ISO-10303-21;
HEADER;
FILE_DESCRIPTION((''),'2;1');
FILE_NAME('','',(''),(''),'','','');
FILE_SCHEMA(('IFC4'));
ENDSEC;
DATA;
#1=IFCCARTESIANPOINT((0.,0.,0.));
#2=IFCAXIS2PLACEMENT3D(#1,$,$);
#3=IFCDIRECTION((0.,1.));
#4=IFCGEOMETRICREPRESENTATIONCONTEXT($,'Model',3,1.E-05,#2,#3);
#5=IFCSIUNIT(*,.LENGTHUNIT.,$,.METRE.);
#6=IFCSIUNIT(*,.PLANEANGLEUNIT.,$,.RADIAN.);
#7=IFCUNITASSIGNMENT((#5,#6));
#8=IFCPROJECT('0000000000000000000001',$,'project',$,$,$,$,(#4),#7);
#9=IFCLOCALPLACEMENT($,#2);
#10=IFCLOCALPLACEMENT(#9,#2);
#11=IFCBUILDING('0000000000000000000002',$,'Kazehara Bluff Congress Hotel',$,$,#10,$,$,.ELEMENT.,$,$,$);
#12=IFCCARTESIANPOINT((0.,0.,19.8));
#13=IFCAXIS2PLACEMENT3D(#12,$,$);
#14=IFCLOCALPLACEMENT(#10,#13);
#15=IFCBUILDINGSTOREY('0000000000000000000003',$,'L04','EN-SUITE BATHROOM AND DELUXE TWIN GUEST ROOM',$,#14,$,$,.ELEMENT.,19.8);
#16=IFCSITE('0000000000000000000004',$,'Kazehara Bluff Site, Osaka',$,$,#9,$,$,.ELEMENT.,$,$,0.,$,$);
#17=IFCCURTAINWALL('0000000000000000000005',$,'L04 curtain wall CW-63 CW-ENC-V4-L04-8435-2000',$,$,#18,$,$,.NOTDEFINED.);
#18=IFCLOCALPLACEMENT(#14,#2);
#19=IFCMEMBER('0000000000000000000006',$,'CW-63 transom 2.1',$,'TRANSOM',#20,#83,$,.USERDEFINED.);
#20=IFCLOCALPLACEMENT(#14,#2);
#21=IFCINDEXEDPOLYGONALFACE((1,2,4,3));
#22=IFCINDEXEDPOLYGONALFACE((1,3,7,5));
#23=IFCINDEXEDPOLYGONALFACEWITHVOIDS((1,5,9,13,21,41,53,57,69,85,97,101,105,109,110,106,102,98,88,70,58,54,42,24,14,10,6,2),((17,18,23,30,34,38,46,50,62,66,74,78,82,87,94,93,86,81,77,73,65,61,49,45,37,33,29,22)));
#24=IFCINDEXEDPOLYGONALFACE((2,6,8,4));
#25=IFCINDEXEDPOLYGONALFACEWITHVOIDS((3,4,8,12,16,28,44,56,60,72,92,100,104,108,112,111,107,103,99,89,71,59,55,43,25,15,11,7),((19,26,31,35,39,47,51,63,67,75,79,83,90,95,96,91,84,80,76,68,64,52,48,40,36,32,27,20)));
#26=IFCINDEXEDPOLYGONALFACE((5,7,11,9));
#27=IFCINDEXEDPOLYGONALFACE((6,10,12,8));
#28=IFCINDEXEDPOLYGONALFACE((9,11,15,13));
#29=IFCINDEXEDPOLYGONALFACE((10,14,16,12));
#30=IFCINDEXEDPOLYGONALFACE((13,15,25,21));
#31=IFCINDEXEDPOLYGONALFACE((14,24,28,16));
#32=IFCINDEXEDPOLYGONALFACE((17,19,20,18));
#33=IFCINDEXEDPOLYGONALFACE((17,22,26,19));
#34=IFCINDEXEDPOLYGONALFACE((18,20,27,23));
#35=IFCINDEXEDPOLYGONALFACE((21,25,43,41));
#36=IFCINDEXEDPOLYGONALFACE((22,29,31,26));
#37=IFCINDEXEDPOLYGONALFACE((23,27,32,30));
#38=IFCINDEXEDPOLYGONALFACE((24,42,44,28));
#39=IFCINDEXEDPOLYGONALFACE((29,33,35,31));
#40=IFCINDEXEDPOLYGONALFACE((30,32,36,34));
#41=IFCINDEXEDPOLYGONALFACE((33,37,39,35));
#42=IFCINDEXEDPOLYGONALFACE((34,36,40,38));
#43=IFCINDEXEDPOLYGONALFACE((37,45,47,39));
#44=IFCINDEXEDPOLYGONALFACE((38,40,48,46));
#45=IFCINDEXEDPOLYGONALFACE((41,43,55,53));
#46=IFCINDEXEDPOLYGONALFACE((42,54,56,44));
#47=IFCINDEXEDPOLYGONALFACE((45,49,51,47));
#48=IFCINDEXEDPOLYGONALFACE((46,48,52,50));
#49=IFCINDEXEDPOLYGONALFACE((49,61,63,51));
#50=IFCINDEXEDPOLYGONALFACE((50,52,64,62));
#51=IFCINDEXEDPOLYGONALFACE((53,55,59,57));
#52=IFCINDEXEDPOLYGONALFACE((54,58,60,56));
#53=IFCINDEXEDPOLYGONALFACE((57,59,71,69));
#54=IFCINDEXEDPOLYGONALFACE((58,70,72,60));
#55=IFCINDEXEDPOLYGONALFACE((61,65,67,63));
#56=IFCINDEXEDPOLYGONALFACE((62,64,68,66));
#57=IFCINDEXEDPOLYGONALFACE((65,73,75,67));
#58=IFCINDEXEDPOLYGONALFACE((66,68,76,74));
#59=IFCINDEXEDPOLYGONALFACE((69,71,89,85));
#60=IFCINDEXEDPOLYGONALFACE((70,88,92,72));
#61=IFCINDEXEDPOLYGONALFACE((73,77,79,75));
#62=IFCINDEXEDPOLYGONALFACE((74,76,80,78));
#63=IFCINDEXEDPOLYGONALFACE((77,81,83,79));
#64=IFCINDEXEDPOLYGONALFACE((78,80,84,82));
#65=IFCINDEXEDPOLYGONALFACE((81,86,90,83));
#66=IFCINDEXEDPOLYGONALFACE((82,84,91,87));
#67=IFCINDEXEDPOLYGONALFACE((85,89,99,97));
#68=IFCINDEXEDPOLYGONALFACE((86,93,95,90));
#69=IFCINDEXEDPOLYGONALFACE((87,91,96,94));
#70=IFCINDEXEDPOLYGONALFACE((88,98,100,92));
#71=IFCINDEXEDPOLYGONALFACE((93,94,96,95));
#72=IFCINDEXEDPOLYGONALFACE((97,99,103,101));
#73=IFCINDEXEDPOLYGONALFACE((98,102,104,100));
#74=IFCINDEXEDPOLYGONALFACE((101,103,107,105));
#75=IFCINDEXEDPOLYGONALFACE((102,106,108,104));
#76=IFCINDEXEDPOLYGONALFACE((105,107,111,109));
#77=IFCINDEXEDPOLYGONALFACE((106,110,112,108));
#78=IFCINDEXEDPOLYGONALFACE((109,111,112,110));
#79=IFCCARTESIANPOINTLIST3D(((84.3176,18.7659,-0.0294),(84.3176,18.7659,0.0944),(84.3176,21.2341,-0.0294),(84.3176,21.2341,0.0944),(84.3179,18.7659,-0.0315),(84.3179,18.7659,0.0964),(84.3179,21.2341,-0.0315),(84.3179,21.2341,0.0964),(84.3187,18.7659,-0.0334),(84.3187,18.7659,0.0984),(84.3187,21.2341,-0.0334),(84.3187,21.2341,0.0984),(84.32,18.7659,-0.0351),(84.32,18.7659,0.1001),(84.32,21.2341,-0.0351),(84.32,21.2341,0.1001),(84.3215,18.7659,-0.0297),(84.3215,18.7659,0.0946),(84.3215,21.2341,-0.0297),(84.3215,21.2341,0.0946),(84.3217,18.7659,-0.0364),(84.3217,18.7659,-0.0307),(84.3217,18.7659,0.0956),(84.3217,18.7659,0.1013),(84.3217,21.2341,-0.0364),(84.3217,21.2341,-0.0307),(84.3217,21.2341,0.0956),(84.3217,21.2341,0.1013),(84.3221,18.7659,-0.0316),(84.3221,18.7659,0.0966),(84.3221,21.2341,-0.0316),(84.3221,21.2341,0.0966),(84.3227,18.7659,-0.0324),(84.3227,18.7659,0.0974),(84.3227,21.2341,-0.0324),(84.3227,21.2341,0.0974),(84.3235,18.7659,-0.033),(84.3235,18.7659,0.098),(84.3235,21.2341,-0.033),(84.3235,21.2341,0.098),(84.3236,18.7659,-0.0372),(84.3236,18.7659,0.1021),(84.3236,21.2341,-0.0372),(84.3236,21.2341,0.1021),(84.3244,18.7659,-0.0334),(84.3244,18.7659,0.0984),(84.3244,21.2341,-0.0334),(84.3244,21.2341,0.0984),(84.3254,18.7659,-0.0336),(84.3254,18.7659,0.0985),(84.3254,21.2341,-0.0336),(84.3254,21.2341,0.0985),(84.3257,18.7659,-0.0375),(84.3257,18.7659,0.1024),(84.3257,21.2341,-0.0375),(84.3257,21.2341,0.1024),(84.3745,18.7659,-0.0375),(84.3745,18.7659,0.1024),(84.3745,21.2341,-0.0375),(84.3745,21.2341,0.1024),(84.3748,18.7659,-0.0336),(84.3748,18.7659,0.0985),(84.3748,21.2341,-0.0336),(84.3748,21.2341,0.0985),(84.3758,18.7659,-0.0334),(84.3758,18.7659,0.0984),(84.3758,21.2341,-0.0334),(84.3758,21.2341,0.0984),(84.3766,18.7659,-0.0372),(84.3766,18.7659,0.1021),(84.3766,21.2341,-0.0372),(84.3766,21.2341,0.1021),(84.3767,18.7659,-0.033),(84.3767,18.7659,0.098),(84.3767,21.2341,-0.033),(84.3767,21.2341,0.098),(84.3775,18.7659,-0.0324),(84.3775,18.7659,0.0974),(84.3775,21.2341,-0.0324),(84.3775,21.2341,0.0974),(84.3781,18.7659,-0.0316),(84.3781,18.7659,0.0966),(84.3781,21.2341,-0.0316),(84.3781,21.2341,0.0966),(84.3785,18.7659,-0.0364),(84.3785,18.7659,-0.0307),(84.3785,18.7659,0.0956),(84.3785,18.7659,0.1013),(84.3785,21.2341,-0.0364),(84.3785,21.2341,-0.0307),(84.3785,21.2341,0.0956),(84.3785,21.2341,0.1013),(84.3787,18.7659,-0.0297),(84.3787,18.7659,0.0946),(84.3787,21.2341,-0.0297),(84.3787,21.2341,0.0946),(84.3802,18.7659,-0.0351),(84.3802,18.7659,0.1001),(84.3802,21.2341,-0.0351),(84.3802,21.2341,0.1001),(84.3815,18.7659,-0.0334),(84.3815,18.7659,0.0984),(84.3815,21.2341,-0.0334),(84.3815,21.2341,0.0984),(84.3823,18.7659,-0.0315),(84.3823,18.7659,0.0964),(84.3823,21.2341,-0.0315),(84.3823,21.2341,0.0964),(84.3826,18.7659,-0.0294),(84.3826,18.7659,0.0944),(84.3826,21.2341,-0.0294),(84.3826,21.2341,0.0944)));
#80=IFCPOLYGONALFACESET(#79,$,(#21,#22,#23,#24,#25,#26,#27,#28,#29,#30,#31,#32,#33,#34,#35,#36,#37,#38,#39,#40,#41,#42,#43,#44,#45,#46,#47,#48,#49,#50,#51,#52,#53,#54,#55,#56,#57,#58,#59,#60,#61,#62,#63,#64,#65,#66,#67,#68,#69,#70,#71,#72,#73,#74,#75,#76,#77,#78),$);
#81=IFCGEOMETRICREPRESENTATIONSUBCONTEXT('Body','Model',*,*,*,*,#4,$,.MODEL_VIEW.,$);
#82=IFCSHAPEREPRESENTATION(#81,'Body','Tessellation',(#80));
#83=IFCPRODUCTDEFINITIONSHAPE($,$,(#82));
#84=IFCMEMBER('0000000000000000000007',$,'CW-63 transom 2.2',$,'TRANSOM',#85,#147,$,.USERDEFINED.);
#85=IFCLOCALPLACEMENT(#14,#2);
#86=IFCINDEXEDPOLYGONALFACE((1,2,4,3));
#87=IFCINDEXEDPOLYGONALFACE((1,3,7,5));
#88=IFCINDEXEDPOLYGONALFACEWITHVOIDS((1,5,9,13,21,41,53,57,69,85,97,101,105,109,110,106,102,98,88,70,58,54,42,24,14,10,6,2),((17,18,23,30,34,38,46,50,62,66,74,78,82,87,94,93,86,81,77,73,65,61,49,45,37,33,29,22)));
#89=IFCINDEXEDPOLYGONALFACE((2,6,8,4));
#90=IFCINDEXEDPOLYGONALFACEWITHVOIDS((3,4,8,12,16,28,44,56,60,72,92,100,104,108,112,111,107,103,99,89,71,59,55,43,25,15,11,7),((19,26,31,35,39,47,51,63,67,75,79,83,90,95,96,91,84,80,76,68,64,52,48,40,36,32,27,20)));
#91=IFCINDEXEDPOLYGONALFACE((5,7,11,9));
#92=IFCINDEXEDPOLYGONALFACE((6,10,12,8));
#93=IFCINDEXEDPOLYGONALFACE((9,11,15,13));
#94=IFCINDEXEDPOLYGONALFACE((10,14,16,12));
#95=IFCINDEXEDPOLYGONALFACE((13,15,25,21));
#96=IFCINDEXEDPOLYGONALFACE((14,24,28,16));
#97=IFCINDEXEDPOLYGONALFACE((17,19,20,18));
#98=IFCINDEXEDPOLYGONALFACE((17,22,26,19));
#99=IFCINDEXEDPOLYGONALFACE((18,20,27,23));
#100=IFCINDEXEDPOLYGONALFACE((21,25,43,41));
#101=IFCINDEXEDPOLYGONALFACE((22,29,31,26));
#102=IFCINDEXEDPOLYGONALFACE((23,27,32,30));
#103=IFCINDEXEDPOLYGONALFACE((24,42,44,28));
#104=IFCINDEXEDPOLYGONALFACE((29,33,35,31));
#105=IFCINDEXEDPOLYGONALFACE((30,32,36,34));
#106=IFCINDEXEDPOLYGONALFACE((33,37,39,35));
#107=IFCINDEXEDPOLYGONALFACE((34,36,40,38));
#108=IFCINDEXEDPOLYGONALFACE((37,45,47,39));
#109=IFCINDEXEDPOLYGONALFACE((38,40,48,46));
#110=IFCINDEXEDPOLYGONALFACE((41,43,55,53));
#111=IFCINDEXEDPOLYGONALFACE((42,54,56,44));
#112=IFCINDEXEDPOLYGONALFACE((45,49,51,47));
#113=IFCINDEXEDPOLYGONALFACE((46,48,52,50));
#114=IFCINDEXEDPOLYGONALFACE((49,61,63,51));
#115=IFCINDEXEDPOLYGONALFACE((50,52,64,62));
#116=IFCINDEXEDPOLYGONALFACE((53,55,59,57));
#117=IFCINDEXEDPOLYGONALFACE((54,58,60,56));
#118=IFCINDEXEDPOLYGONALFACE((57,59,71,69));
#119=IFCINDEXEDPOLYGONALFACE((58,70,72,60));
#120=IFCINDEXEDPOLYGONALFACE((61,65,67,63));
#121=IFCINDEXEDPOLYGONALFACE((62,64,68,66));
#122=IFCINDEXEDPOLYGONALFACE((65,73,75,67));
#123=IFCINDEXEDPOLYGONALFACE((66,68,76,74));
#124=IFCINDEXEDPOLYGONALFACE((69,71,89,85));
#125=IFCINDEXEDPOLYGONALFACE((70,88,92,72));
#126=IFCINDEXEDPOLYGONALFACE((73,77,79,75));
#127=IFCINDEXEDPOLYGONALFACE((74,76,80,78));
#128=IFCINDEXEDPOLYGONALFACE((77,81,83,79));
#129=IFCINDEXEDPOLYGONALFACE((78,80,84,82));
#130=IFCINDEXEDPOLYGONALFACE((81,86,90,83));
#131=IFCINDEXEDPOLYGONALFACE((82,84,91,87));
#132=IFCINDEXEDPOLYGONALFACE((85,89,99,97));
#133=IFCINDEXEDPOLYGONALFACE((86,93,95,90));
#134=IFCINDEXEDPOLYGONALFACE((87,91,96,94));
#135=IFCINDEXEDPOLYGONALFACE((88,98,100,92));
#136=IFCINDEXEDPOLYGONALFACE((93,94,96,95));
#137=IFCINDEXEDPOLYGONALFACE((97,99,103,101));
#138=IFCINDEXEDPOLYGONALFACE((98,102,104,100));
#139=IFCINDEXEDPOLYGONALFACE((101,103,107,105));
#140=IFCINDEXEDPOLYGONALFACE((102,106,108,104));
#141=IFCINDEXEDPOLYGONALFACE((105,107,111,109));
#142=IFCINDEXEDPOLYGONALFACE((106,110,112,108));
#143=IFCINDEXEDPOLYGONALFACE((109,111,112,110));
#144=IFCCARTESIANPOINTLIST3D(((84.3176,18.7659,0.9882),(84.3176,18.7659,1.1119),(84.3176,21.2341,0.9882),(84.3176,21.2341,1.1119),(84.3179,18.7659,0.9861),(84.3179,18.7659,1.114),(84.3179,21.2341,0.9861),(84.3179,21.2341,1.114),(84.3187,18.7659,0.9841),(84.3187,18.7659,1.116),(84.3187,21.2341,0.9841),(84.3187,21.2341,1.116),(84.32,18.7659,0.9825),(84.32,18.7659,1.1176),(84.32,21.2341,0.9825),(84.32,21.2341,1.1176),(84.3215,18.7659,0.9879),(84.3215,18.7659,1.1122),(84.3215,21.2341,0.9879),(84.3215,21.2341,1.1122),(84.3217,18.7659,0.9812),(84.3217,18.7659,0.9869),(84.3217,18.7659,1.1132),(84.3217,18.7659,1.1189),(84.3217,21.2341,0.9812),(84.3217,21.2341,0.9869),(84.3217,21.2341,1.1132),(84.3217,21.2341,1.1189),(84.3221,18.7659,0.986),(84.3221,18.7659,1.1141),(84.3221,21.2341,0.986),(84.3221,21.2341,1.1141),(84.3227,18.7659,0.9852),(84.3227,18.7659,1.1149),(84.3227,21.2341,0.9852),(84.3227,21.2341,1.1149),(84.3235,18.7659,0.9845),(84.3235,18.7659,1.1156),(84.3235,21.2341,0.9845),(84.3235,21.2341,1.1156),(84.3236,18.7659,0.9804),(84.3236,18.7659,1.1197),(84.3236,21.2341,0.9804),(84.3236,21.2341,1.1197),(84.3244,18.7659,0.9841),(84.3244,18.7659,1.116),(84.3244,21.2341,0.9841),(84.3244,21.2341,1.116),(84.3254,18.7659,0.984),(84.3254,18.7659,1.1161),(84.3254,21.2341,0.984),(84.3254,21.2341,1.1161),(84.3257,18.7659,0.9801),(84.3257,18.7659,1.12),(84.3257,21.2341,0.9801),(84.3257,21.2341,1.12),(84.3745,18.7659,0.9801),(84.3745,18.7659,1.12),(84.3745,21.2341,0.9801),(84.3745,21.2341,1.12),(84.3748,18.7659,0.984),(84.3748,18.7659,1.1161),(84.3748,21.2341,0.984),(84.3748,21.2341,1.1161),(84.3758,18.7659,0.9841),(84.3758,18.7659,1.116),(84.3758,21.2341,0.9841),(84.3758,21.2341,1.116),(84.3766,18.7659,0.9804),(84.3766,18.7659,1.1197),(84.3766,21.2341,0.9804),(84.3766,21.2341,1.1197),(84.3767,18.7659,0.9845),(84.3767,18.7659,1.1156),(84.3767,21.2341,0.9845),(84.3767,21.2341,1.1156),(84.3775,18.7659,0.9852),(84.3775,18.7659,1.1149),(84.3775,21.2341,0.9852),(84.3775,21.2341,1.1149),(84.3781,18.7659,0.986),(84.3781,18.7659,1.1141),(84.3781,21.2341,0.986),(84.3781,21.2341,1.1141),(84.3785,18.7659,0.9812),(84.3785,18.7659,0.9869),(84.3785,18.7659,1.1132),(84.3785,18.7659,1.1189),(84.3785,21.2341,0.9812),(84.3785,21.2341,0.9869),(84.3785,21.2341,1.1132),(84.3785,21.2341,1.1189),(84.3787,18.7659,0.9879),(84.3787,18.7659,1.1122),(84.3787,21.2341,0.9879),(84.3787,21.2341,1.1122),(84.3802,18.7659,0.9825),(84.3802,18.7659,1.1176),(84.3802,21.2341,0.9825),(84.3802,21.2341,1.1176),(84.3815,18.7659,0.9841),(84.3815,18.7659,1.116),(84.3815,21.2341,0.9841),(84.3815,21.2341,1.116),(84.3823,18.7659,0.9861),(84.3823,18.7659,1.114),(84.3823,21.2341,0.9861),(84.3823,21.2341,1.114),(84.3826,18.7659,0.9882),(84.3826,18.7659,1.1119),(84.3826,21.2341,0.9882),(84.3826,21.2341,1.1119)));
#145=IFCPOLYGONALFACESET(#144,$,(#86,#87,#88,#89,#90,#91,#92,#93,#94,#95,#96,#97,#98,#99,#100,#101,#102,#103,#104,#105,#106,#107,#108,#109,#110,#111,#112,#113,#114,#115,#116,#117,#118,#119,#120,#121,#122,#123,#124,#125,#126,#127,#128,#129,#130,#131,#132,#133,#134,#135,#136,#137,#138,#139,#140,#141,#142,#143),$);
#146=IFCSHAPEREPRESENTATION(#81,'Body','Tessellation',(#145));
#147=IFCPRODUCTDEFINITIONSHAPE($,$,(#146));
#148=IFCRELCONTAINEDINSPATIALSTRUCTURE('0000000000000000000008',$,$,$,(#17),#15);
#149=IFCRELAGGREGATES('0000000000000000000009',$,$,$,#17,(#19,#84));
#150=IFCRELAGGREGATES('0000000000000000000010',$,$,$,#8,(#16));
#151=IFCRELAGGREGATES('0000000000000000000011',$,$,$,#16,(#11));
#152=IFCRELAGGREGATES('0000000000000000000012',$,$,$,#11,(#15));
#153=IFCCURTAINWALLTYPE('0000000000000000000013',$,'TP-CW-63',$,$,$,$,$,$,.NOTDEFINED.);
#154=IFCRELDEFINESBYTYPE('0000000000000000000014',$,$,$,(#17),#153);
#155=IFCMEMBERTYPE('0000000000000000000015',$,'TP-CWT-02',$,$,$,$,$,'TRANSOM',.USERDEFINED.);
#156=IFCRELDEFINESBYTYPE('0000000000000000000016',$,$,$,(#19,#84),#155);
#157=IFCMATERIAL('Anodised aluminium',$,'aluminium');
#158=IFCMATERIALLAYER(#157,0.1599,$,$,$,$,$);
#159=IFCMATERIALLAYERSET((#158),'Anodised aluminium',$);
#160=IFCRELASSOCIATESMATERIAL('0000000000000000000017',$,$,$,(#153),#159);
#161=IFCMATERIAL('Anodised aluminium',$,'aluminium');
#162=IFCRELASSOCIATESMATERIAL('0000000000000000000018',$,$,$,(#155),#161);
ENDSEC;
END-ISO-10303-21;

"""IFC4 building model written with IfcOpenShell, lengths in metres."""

from ifc_helpers import new_model, si_unit, direction, frame, origin, origin_2d, place, context, subcontext, project, spatial, hollow_rectangle, extrude, material, layer, layer_set, material_profile, profile_set, type_object, element, aggregate, save


model = new_model("IFC4")

# Units and contexts
model_context = context("Model", 3, precision=1e-05, world=origin(), true_north=direction((0.0, 1.0)))
body_context = subcontext(model_context, "Body", "Model", "MODEL_VIEW")
ifc_project = project(units=[si_unit("LENGTHUNIT", "METRE"), si_unit("PLANEANGLEUNIT", "RADIAN")], contexts=[model_context])

# Site, building, storey
site_placement = place(None, origin())
site = spatial("IfcSite", under=ifc_project, at=site_placement, Name="Kazehara Bluff Site, Osaka", CompositionType="ELEMENT", RefElevation=0.0)
building_placement = place(site_placement, origin())
building = spatial("IfcBuilding", under=site, at=building_placement, Name="Kazehara Bluff Congress Hotel", CompositionType="ELEMENT")
storey_placement = place(building_placement, frame((0.0, 0.0, 19.8)))
storey = spatial("IfcBuildingStorey", under=building, at=storey_placement, Name="L04", Description="EN-SUITE BATHROOM AND DELUXE TWIN GUEST ROOM", CompositionType="ELEMENT", Elevation=19.8)

# Curtain wall
ifc_material_1 = material(Name="Anodised aluminium", Category="aluminium")
ifc_layer_1 = layer(ifc_material_1, 0.1599)
ifc_layer_set_1 = layer_set([ifc_layer_1], Name="Anodised aluminium")
curtain_wall_type_1 = type_object("IfcCurtainWallType", Name="TP-CW-63", PredefinedType="NOTDEFINED", material=ifc_layer_set_1)
curtain_wall_1_placement = place(storey_placement, origin())
curtain_wall_1 = element("IfcCurtainWall", 1, at=curtain_wall_1_placement, inside=storey, type_object=curtain_wall_type_1, Name="L04 curtain wall CW-63 CW-ENC-V4-L04-8435-2000", PredefinedType="NOTDEFINED")

# Members
ifc_material_2 = material(Name="Anodised aluminium", Category="aluminium")
ifc_material_profile_1 = material_profile(ifc_material_2, hollow_rectangle(XDim=0.0649, YDim=0.1399, WallThickness=0.0039, InnerFilletRadius=0.0039, OuterFilletRadius=0.0081, at=origin_2d()))
ifc_profile_set_1 = profile_set([ifc_material_profile_1], Name="Anodised aluminium")
member_type_1 = type_object("IfcMemberType", Name="TP-CWT-02", ElementType="TRANSOM", PredefinedType="USERDEFINED", material=ifc_profile_set_1)
member_1_placement = place(storey_placement, frame((84.3501, 21.2341, 0.0325), z_axis=(0.0, -1.0, 0.0), x_axis=(1.0, 0.0, 0.0)))
member_1 = element("IfcMember", 2, at=member_1_placement, type_object=member_type_1, Name="CW-63 transom 2.1", ObjectType="TRANSOM", PredefinedType="USERDEFINED", context=body_context, shape_type="SweptSolid", body=[
    extrude(hollow_rectangle(XDim=0.0649, YDim=0.1399, WallThickness=0.0039, InnerFilletRadius=0.0039, OuterFilletRadius=0.0081, at=origin_2d()), origin(), (0.0, 0.0, 1.0), 2.4683),
])
member_2_placement = place(storey_placement, frame((84.3501, 21.2341, 1.05), z_axis=(0.0, -1.0, 0.0), x_axis=(1.0, 0.0, 0.0)))
member_2 = element("IfcMember", 3, at=member_2_placement, type_object=member_type_1, Name="CW-63 transom 2.2", ObjectType="TRANSOM", PredefinedType="USERDEFINED", context=body_context, shape_type="SweptSolid", body=[
    extrude(hollow_rectangle(XDim=0.0649, YDim=0.1399, WallThickness=0.0039, InnerFilletRadius=0.0039, OuterFilletRadius=0.0081, at=origin_2d()), origin(), (0.0, 0.0, 1.0), 2.4683),
])

aggregate(curtain_wall_1, [member_1, member_2])

save(model, "model.ifc")
